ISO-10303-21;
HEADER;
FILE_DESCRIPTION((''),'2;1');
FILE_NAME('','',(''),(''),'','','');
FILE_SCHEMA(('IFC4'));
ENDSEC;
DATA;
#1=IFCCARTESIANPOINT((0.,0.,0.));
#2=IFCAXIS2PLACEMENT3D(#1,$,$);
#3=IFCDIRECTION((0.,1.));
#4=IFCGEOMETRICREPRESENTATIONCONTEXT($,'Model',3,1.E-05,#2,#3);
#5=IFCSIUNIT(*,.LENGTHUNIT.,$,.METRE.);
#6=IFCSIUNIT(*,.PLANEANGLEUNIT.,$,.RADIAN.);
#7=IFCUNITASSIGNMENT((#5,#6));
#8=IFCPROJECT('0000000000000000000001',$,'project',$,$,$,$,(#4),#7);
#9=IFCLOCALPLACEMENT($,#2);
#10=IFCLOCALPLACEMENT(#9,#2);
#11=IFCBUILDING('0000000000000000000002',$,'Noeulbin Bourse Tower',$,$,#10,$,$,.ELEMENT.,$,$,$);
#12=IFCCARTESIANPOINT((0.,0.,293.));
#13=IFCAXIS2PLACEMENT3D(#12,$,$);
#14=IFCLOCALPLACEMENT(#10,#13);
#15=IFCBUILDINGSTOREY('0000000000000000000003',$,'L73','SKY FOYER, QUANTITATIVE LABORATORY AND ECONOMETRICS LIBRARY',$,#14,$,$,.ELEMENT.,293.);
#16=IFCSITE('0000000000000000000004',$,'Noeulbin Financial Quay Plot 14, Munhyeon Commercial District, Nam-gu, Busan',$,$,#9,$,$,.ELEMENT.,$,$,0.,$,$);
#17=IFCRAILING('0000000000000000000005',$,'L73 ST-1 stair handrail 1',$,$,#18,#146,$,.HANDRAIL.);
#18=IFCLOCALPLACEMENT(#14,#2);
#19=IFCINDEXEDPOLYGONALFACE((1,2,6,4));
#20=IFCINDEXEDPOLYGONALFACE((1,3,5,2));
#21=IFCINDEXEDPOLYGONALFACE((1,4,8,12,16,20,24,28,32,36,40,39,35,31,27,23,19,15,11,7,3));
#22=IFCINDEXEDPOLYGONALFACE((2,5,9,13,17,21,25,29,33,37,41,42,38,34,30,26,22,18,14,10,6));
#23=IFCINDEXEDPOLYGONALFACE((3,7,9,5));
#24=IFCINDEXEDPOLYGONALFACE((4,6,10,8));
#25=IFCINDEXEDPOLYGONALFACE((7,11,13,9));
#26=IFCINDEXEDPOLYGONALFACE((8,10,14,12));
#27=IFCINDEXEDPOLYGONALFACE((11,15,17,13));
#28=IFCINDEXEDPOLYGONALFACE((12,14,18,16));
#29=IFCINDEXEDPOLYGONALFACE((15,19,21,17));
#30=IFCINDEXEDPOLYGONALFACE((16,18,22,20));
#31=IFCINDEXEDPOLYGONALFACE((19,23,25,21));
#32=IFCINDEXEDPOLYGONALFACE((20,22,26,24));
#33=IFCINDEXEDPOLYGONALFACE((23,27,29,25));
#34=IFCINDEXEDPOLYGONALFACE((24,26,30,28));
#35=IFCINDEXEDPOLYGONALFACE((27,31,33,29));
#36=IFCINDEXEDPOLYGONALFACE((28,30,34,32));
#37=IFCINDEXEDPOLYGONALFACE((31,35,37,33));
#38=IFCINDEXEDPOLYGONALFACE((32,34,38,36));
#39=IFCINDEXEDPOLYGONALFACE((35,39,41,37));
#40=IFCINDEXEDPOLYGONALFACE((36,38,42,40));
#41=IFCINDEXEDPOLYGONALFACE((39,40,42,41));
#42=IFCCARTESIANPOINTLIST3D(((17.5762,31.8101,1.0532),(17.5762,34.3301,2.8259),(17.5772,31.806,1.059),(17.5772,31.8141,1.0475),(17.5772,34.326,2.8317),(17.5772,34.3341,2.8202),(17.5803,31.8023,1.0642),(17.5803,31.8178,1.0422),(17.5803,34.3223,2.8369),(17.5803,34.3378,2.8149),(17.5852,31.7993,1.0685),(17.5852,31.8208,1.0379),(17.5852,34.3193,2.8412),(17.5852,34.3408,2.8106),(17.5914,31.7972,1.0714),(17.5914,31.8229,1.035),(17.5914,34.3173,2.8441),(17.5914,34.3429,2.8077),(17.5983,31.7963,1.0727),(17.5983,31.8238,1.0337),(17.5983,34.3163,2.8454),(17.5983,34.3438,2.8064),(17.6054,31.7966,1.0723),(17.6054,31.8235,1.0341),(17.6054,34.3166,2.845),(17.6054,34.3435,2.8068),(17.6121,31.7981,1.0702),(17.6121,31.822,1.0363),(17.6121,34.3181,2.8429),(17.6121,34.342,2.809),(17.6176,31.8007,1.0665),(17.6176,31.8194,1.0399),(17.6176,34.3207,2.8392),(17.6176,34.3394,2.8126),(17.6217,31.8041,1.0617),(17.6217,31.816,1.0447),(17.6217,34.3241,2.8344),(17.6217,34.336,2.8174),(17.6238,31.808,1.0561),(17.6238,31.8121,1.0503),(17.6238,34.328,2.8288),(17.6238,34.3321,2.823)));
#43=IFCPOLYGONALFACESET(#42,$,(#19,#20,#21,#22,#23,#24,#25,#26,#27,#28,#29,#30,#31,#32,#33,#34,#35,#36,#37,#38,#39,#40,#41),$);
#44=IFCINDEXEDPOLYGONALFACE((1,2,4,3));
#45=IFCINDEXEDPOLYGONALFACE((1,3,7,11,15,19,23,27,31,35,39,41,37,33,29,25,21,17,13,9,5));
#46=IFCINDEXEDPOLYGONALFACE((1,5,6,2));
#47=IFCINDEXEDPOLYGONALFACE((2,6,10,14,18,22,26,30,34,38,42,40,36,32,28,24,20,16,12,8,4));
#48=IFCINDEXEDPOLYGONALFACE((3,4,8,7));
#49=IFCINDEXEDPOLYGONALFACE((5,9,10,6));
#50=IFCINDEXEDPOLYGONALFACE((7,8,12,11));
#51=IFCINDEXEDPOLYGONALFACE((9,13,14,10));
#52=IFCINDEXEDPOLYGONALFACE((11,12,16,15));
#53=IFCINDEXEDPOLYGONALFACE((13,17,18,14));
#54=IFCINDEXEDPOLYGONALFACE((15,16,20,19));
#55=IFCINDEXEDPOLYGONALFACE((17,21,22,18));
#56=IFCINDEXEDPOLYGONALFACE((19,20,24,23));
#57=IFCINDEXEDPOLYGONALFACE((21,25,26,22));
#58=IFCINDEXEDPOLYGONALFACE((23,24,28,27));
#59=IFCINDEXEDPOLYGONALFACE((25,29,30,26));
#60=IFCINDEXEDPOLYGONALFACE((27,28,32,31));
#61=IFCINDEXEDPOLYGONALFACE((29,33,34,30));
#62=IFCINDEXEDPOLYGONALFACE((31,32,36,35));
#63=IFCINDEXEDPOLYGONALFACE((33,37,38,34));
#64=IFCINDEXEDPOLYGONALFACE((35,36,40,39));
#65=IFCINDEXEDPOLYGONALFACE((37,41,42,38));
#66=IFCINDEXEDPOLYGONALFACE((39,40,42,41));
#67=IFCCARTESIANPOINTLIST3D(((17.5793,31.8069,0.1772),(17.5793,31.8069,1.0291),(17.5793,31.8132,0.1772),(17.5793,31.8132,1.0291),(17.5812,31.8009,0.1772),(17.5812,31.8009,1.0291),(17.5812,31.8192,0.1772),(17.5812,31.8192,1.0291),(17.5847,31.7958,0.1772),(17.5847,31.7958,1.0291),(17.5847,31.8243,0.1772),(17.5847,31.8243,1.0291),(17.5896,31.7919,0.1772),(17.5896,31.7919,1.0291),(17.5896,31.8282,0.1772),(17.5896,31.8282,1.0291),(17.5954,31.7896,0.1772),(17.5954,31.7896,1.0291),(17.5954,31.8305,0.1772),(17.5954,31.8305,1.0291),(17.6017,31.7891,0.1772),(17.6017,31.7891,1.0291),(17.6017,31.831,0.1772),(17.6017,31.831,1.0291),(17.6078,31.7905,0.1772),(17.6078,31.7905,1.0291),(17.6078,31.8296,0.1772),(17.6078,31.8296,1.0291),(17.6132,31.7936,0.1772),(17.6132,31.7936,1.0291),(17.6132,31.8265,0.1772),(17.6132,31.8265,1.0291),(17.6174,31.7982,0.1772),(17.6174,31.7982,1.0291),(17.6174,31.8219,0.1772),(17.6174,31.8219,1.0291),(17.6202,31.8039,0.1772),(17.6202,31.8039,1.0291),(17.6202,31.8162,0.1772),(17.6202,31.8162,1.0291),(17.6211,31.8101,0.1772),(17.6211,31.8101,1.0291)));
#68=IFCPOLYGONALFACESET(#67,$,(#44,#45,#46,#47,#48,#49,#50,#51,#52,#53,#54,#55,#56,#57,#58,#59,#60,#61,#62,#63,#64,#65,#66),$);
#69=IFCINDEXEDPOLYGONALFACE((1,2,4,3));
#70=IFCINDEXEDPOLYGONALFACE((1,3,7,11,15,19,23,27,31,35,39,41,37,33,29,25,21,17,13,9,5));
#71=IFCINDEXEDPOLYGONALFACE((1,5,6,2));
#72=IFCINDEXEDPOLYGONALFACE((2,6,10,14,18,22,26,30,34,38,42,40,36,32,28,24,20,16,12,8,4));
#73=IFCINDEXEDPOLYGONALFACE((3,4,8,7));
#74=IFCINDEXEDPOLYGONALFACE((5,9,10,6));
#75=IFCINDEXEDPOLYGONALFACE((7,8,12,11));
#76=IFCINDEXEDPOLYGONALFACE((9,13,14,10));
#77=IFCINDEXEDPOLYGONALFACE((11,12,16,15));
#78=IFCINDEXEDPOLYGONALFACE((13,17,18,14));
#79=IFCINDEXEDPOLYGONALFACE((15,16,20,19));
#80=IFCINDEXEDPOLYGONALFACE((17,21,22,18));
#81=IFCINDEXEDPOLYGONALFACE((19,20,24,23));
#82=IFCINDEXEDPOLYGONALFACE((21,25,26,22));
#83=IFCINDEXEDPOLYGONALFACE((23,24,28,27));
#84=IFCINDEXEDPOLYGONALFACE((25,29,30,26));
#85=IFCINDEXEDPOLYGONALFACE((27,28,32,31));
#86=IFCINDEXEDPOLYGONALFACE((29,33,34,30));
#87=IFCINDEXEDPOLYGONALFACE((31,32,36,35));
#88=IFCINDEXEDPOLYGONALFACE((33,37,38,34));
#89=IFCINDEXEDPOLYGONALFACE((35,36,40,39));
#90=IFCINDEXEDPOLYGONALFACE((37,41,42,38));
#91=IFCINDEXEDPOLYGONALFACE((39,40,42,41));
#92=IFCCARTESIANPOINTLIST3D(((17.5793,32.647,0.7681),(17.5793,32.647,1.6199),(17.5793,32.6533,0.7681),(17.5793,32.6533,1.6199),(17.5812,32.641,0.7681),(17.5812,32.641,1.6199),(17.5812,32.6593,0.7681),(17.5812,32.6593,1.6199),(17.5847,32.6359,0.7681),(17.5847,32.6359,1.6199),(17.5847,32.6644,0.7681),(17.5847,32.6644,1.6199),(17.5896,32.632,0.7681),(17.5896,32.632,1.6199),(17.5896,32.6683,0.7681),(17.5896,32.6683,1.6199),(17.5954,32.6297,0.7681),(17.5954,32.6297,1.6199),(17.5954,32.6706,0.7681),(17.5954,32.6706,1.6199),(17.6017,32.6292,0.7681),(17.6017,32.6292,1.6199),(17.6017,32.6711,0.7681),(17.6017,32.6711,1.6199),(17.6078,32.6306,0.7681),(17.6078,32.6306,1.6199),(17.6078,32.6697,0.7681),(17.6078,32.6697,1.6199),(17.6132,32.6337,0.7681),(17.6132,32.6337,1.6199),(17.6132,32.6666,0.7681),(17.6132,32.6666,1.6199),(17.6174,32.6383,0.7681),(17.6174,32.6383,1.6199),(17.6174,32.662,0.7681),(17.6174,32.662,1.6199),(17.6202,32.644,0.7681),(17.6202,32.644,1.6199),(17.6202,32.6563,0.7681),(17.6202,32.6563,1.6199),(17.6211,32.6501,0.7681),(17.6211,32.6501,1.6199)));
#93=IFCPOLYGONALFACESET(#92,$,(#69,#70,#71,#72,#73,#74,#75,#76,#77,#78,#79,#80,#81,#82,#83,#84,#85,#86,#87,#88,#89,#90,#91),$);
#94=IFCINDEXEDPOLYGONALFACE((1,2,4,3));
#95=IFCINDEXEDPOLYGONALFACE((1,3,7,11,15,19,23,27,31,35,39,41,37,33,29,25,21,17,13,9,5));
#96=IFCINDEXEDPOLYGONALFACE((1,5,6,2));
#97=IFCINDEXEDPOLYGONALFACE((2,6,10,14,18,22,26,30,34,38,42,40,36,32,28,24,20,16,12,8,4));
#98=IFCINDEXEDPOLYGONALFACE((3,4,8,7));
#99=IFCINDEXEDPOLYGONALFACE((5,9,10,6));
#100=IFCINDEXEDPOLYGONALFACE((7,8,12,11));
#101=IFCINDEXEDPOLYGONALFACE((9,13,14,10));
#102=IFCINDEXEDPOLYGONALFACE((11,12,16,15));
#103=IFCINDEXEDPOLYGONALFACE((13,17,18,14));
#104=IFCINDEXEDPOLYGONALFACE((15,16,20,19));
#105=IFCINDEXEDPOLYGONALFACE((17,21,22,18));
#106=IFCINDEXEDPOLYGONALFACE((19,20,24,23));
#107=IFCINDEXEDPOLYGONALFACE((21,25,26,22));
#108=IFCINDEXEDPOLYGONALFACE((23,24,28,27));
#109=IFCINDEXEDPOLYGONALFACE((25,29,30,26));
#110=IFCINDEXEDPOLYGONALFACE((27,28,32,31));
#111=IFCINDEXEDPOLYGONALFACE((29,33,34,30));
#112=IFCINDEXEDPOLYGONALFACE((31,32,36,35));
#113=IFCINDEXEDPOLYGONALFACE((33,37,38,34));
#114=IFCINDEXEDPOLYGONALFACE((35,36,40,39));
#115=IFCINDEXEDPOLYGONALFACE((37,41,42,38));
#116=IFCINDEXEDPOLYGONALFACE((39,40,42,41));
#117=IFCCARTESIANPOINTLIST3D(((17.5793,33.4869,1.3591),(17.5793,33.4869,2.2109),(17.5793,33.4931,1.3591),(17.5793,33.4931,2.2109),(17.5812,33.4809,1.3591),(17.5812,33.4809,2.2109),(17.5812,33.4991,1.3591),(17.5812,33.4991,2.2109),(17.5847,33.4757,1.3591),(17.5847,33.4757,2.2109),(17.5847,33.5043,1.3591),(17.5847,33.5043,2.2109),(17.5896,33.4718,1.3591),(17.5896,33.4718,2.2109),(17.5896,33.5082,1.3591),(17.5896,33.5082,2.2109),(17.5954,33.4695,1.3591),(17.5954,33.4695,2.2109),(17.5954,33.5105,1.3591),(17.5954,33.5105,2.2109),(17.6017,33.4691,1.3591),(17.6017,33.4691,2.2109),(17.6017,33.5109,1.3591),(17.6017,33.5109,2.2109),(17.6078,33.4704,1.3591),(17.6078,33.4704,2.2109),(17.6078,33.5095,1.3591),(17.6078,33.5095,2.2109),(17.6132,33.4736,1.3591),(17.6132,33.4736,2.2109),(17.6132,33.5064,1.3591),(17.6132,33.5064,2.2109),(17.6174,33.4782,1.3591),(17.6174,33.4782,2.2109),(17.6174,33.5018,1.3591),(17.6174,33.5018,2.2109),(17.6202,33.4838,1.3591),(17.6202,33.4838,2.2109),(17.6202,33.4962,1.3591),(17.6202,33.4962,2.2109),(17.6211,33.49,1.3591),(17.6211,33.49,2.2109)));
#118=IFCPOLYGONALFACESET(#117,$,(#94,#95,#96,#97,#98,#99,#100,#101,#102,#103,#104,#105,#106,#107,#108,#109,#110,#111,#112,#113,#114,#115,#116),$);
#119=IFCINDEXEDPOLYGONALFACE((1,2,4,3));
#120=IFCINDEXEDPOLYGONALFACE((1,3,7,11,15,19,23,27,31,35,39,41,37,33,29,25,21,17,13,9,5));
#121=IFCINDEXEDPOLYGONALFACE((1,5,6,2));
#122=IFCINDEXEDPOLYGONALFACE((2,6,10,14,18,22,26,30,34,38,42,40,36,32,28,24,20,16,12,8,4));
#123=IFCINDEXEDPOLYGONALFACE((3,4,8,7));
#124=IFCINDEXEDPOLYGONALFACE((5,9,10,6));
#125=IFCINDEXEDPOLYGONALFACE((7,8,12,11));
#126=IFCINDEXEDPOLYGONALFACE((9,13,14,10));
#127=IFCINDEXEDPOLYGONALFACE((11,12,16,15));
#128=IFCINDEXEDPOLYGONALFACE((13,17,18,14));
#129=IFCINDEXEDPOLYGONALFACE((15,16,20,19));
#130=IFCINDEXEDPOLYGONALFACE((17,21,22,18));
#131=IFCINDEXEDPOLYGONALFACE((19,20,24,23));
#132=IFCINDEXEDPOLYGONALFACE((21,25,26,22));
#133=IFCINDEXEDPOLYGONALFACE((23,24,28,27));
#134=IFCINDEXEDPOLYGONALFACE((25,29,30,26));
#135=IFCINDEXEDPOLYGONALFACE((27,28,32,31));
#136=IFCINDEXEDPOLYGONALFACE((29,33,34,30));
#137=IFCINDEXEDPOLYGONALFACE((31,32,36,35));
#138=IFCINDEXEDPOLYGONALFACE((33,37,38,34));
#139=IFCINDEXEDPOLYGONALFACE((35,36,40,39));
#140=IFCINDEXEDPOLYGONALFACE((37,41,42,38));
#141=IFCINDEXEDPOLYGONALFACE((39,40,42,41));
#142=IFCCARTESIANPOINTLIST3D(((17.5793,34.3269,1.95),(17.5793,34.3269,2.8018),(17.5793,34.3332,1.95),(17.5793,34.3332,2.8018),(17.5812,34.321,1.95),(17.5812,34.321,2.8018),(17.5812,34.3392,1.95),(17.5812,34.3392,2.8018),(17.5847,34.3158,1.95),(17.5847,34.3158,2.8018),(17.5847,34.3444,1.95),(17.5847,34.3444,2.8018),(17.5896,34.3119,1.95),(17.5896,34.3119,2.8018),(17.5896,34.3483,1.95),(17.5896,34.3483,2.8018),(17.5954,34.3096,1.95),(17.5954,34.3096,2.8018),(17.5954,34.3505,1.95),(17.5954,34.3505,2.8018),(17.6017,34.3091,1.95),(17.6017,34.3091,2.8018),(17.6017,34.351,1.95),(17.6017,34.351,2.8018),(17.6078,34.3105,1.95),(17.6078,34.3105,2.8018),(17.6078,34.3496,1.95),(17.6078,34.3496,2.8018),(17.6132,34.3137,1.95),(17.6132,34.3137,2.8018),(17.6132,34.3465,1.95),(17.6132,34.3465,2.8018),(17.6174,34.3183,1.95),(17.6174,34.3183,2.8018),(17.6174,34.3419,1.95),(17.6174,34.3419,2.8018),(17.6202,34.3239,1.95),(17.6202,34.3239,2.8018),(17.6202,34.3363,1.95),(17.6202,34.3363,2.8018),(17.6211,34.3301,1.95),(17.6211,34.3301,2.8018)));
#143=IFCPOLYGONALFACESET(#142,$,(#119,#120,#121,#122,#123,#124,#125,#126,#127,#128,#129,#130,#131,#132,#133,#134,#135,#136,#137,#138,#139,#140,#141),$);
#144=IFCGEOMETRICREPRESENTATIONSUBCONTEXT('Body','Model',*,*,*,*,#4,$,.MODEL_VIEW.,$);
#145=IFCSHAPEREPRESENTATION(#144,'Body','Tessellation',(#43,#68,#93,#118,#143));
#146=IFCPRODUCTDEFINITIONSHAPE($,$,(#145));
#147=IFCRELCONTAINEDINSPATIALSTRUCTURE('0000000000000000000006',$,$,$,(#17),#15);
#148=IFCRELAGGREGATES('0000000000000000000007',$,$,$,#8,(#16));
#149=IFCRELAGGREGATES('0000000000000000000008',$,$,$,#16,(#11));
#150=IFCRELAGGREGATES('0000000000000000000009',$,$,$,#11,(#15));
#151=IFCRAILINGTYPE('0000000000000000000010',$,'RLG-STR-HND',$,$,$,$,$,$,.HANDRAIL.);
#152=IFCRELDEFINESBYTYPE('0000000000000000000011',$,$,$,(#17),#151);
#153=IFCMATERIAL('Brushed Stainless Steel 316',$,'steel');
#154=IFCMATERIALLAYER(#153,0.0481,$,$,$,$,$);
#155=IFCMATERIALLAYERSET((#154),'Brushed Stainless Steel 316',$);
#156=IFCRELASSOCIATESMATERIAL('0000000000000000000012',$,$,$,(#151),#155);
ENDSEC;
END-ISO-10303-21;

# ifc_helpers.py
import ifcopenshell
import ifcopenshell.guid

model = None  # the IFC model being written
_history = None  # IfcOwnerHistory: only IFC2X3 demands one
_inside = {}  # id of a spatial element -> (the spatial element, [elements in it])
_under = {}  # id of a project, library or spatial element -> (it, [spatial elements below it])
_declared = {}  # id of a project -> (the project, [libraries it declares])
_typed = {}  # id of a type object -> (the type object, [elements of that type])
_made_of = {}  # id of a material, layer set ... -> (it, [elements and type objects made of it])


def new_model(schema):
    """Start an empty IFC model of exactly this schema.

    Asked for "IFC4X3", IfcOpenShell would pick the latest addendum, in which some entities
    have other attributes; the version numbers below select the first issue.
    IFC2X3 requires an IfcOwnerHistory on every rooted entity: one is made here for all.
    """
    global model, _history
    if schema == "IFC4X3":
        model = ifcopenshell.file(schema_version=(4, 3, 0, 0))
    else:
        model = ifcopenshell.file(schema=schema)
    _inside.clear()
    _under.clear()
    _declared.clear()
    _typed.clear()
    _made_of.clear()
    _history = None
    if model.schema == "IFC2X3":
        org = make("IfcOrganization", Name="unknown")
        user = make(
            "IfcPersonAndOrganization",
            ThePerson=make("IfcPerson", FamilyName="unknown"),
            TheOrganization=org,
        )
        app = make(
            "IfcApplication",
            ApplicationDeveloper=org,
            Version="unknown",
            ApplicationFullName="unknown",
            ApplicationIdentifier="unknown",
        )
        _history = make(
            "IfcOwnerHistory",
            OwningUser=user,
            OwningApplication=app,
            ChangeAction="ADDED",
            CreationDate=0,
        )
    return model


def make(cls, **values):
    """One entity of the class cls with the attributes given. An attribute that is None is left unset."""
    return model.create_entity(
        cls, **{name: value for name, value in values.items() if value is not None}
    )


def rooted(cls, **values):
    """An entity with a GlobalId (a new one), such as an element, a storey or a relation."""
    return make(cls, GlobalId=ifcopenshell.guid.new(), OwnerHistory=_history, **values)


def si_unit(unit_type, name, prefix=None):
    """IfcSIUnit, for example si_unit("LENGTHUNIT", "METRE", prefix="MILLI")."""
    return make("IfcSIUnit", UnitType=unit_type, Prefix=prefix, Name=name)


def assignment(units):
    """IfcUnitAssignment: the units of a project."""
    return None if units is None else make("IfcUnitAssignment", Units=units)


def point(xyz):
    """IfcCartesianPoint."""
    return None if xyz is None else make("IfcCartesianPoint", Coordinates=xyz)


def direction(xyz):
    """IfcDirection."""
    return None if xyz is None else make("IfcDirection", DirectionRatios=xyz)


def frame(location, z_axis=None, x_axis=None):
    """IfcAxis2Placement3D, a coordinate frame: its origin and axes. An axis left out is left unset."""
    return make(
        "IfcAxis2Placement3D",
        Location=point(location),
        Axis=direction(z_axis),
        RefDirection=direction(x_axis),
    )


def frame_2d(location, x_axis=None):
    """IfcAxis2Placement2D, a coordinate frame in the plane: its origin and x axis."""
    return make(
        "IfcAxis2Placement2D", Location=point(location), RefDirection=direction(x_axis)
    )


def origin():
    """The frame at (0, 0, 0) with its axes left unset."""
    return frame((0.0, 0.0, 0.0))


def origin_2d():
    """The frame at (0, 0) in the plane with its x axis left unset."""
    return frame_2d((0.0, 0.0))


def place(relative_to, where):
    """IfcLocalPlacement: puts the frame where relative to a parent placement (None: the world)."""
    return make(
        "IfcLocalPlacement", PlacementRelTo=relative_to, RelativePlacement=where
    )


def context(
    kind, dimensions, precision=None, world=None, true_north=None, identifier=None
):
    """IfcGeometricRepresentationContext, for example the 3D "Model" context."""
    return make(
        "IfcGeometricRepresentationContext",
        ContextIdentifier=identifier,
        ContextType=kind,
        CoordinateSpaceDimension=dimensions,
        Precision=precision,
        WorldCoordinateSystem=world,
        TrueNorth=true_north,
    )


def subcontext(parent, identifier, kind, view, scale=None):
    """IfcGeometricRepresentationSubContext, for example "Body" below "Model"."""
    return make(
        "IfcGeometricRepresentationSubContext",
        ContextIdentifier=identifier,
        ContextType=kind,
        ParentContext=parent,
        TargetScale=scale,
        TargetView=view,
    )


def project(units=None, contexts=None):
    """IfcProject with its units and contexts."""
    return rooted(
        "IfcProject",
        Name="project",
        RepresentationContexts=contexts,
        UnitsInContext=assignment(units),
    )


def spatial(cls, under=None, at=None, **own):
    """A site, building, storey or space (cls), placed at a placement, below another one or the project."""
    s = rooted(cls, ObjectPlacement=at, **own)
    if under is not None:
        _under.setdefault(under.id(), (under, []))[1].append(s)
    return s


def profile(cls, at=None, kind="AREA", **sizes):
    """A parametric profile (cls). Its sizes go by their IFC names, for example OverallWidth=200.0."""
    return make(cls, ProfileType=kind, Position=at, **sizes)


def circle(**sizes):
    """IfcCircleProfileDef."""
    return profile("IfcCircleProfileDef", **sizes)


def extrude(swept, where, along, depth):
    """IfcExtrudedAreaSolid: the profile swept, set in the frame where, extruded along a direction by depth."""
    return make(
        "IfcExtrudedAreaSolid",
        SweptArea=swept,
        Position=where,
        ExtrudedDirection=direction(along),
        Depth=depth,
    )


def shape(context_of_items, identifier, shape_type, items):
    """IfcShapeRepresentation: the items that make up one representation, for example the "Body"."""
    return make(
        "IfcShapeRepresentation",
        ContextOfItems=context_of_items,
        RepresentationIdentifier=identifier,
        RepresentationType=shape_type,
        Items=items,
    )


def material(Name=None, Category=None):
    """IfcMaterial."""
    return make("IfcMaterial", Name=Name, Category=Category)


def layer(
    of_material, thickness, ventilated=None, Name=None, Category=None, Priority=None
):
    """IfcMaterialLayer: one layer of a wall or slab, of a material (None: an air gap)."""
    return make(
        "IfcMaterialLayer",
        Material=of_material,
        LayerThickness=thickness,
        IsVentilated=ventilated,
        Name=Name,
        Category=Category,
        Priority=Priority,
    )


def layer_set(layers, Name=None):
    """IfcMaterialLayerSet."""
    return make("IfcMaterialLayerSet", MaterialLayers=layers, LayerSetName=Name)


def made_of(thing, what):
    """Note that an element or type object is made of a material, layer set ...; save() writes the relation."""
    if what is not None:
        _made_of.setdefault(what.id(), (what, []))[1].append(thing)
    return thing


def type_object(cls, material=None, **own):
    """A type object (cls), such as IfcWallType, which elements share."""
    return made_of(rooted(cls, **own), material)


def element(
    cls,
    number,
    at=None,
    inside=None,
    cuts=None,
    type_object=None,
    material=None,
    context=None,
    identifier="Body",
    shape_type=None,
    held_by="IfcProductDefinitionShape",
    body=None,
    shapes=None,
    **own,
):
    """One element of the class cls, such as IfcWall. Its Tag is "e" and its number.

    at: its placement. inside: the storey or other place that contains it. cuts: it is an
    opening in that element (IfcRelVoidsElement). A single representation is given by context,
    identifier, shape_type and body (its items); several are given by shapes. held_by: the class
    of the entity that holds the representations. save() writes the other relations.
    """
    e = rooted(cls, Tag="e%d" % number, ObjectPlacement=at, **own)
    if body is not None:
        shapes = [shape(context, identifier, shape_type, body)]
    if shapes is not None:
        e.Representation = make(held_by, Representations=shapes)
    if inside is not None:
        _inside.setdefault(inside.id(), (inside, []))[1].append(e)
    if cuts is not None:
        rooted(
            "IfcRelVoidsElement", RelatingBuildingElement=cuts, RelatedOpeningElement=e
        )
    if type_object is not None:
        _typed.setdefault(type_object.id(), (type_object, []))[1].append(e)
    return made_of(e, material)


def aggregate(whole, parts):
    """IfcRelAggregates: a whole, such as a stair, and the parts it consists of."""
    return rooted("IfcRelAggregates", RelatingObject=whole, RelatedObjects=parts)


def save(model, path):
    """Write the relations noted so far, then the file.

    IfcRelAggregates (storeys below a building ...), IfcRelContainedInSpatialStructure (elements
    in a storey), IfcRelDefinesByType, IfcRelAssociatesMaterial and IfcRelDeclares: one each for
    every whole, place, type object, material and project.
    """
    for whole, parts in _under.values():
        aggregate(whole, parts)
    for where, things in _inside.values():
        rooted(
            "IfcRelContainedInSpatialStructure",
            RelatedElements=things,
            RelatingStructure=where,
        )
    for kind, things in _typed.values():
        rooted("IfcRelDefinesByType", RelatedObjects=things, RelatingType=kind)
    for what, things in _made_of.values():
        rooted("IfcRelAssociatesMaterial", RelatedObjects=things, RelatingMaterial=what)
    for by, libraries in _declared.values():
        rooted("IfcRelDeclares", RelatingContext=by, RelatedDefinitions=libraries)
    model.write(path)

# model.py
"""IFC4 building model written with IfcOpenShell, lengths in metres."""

from ifc_helpers import new_model, si_unit, direction, frame, origin, origin_2d, place, context, subcontext, project, spatial, circle, extrude, material, layer, layer_set, type_object, element, save


model = new_model("IFC4")

# Units and contexts
model_context = context("Model", 3, precision=1e-05, world=origin(), true_north=direction((0.0, 1.0)))
body_context = subcontext(model_context, "Body", "Model", "MODEL_VIEW")
ifc_project = project(units=[si_unit("LENGTHUNIT", "METRE"), si_unit("PLANEANGLEUNIT", "RADIAN")], contexts=[model_context])

# Site, building, storey
site_placement = place(None, origin())
site = spatial("IfcSite", under=ifc_project, at=site_placement, Name="Noeulbin Financial Quay Plot 14, Munhyeon Commercial District, Nam-gu, Busan", CompositionType="ELEMENT", RefElevation=0.0)
building_placement = place(site_placement, origin())
building = spatial("IfcBuilding", under=site, at=building_placement, Name="Noeulbin Bourse Tower", CompositionType="ELEMENT")
storey_placement = place(building_placement, frame((0.0, 0.0, 293.0)))
storey = spatial("IfcBuildingStorey", under=building, at=storey_placement, Name="L73", Description="SKY FOYER, QUANTITATIVE LABORATORY AND ECONOMETRICS LIBRARY", CompositionType="ELEMENT", Elevation=293.0)

# Shared definitions
ifc_material_1 = material(Name="Brushed Stainless Steel 316", Category="steel")

# Railing
ifc_layer_1 = layer(ifc_material_1, 0.0481)
ifc_layer_set_1 = layer_set([ifc_layer_1], Name="Brushed Stainless Steel 316")
railing_type_1 = type_object("IfcRailingType", Name="RLG-STR-HND", PredefinedType="HANDRAIL", material=ifc_layer_set_1)
railing_1_placement = place(storey_placement, frame((17.6001, 31.8101, 0.1772)))
element("IfcRailing", 1, at=railing_1_placement, inside=storey, type_object=railing_type_1, Name="L73 ST-1 stair handrail 1", PredefinedType="HANDRAIL", context=body_context, shape_type="SweptSolid", body=[
    extrude(circle(Radius=0.0239, at=origin_2d()), frame((0.0, 0.0, 0.876), z_axis=(0.0, 0.817904, 0.575354), x_axis=(-1.0, 0.0, 0.0)), (0.0, 0.0, 1.0), 3.0811),
    extrude(circle(Radius=0.021, at=origin_2d()), origin(), (0.0, 0.0, 1.0), 0.8518),
    extrude(circle(Radius=0.021, at=origin_2d()), frame((0.0, 0.8401, 0.5908)), (0.0, 0.0, 1.0), 0.8518),
    extrude(circle(Radius=0.021, at=origin_2d()), frame((0.0, 1.6799, 1.1819)), (0.0, 0.0, 1.0), 0.8518),
    extrude(circle(Radius=0.021, at=origin_2d()), frame((0.0, 2.52, 1.7727)), (0.0, 0.0, 1.0), 0.8518),
])

save(model, "model.ifc")
